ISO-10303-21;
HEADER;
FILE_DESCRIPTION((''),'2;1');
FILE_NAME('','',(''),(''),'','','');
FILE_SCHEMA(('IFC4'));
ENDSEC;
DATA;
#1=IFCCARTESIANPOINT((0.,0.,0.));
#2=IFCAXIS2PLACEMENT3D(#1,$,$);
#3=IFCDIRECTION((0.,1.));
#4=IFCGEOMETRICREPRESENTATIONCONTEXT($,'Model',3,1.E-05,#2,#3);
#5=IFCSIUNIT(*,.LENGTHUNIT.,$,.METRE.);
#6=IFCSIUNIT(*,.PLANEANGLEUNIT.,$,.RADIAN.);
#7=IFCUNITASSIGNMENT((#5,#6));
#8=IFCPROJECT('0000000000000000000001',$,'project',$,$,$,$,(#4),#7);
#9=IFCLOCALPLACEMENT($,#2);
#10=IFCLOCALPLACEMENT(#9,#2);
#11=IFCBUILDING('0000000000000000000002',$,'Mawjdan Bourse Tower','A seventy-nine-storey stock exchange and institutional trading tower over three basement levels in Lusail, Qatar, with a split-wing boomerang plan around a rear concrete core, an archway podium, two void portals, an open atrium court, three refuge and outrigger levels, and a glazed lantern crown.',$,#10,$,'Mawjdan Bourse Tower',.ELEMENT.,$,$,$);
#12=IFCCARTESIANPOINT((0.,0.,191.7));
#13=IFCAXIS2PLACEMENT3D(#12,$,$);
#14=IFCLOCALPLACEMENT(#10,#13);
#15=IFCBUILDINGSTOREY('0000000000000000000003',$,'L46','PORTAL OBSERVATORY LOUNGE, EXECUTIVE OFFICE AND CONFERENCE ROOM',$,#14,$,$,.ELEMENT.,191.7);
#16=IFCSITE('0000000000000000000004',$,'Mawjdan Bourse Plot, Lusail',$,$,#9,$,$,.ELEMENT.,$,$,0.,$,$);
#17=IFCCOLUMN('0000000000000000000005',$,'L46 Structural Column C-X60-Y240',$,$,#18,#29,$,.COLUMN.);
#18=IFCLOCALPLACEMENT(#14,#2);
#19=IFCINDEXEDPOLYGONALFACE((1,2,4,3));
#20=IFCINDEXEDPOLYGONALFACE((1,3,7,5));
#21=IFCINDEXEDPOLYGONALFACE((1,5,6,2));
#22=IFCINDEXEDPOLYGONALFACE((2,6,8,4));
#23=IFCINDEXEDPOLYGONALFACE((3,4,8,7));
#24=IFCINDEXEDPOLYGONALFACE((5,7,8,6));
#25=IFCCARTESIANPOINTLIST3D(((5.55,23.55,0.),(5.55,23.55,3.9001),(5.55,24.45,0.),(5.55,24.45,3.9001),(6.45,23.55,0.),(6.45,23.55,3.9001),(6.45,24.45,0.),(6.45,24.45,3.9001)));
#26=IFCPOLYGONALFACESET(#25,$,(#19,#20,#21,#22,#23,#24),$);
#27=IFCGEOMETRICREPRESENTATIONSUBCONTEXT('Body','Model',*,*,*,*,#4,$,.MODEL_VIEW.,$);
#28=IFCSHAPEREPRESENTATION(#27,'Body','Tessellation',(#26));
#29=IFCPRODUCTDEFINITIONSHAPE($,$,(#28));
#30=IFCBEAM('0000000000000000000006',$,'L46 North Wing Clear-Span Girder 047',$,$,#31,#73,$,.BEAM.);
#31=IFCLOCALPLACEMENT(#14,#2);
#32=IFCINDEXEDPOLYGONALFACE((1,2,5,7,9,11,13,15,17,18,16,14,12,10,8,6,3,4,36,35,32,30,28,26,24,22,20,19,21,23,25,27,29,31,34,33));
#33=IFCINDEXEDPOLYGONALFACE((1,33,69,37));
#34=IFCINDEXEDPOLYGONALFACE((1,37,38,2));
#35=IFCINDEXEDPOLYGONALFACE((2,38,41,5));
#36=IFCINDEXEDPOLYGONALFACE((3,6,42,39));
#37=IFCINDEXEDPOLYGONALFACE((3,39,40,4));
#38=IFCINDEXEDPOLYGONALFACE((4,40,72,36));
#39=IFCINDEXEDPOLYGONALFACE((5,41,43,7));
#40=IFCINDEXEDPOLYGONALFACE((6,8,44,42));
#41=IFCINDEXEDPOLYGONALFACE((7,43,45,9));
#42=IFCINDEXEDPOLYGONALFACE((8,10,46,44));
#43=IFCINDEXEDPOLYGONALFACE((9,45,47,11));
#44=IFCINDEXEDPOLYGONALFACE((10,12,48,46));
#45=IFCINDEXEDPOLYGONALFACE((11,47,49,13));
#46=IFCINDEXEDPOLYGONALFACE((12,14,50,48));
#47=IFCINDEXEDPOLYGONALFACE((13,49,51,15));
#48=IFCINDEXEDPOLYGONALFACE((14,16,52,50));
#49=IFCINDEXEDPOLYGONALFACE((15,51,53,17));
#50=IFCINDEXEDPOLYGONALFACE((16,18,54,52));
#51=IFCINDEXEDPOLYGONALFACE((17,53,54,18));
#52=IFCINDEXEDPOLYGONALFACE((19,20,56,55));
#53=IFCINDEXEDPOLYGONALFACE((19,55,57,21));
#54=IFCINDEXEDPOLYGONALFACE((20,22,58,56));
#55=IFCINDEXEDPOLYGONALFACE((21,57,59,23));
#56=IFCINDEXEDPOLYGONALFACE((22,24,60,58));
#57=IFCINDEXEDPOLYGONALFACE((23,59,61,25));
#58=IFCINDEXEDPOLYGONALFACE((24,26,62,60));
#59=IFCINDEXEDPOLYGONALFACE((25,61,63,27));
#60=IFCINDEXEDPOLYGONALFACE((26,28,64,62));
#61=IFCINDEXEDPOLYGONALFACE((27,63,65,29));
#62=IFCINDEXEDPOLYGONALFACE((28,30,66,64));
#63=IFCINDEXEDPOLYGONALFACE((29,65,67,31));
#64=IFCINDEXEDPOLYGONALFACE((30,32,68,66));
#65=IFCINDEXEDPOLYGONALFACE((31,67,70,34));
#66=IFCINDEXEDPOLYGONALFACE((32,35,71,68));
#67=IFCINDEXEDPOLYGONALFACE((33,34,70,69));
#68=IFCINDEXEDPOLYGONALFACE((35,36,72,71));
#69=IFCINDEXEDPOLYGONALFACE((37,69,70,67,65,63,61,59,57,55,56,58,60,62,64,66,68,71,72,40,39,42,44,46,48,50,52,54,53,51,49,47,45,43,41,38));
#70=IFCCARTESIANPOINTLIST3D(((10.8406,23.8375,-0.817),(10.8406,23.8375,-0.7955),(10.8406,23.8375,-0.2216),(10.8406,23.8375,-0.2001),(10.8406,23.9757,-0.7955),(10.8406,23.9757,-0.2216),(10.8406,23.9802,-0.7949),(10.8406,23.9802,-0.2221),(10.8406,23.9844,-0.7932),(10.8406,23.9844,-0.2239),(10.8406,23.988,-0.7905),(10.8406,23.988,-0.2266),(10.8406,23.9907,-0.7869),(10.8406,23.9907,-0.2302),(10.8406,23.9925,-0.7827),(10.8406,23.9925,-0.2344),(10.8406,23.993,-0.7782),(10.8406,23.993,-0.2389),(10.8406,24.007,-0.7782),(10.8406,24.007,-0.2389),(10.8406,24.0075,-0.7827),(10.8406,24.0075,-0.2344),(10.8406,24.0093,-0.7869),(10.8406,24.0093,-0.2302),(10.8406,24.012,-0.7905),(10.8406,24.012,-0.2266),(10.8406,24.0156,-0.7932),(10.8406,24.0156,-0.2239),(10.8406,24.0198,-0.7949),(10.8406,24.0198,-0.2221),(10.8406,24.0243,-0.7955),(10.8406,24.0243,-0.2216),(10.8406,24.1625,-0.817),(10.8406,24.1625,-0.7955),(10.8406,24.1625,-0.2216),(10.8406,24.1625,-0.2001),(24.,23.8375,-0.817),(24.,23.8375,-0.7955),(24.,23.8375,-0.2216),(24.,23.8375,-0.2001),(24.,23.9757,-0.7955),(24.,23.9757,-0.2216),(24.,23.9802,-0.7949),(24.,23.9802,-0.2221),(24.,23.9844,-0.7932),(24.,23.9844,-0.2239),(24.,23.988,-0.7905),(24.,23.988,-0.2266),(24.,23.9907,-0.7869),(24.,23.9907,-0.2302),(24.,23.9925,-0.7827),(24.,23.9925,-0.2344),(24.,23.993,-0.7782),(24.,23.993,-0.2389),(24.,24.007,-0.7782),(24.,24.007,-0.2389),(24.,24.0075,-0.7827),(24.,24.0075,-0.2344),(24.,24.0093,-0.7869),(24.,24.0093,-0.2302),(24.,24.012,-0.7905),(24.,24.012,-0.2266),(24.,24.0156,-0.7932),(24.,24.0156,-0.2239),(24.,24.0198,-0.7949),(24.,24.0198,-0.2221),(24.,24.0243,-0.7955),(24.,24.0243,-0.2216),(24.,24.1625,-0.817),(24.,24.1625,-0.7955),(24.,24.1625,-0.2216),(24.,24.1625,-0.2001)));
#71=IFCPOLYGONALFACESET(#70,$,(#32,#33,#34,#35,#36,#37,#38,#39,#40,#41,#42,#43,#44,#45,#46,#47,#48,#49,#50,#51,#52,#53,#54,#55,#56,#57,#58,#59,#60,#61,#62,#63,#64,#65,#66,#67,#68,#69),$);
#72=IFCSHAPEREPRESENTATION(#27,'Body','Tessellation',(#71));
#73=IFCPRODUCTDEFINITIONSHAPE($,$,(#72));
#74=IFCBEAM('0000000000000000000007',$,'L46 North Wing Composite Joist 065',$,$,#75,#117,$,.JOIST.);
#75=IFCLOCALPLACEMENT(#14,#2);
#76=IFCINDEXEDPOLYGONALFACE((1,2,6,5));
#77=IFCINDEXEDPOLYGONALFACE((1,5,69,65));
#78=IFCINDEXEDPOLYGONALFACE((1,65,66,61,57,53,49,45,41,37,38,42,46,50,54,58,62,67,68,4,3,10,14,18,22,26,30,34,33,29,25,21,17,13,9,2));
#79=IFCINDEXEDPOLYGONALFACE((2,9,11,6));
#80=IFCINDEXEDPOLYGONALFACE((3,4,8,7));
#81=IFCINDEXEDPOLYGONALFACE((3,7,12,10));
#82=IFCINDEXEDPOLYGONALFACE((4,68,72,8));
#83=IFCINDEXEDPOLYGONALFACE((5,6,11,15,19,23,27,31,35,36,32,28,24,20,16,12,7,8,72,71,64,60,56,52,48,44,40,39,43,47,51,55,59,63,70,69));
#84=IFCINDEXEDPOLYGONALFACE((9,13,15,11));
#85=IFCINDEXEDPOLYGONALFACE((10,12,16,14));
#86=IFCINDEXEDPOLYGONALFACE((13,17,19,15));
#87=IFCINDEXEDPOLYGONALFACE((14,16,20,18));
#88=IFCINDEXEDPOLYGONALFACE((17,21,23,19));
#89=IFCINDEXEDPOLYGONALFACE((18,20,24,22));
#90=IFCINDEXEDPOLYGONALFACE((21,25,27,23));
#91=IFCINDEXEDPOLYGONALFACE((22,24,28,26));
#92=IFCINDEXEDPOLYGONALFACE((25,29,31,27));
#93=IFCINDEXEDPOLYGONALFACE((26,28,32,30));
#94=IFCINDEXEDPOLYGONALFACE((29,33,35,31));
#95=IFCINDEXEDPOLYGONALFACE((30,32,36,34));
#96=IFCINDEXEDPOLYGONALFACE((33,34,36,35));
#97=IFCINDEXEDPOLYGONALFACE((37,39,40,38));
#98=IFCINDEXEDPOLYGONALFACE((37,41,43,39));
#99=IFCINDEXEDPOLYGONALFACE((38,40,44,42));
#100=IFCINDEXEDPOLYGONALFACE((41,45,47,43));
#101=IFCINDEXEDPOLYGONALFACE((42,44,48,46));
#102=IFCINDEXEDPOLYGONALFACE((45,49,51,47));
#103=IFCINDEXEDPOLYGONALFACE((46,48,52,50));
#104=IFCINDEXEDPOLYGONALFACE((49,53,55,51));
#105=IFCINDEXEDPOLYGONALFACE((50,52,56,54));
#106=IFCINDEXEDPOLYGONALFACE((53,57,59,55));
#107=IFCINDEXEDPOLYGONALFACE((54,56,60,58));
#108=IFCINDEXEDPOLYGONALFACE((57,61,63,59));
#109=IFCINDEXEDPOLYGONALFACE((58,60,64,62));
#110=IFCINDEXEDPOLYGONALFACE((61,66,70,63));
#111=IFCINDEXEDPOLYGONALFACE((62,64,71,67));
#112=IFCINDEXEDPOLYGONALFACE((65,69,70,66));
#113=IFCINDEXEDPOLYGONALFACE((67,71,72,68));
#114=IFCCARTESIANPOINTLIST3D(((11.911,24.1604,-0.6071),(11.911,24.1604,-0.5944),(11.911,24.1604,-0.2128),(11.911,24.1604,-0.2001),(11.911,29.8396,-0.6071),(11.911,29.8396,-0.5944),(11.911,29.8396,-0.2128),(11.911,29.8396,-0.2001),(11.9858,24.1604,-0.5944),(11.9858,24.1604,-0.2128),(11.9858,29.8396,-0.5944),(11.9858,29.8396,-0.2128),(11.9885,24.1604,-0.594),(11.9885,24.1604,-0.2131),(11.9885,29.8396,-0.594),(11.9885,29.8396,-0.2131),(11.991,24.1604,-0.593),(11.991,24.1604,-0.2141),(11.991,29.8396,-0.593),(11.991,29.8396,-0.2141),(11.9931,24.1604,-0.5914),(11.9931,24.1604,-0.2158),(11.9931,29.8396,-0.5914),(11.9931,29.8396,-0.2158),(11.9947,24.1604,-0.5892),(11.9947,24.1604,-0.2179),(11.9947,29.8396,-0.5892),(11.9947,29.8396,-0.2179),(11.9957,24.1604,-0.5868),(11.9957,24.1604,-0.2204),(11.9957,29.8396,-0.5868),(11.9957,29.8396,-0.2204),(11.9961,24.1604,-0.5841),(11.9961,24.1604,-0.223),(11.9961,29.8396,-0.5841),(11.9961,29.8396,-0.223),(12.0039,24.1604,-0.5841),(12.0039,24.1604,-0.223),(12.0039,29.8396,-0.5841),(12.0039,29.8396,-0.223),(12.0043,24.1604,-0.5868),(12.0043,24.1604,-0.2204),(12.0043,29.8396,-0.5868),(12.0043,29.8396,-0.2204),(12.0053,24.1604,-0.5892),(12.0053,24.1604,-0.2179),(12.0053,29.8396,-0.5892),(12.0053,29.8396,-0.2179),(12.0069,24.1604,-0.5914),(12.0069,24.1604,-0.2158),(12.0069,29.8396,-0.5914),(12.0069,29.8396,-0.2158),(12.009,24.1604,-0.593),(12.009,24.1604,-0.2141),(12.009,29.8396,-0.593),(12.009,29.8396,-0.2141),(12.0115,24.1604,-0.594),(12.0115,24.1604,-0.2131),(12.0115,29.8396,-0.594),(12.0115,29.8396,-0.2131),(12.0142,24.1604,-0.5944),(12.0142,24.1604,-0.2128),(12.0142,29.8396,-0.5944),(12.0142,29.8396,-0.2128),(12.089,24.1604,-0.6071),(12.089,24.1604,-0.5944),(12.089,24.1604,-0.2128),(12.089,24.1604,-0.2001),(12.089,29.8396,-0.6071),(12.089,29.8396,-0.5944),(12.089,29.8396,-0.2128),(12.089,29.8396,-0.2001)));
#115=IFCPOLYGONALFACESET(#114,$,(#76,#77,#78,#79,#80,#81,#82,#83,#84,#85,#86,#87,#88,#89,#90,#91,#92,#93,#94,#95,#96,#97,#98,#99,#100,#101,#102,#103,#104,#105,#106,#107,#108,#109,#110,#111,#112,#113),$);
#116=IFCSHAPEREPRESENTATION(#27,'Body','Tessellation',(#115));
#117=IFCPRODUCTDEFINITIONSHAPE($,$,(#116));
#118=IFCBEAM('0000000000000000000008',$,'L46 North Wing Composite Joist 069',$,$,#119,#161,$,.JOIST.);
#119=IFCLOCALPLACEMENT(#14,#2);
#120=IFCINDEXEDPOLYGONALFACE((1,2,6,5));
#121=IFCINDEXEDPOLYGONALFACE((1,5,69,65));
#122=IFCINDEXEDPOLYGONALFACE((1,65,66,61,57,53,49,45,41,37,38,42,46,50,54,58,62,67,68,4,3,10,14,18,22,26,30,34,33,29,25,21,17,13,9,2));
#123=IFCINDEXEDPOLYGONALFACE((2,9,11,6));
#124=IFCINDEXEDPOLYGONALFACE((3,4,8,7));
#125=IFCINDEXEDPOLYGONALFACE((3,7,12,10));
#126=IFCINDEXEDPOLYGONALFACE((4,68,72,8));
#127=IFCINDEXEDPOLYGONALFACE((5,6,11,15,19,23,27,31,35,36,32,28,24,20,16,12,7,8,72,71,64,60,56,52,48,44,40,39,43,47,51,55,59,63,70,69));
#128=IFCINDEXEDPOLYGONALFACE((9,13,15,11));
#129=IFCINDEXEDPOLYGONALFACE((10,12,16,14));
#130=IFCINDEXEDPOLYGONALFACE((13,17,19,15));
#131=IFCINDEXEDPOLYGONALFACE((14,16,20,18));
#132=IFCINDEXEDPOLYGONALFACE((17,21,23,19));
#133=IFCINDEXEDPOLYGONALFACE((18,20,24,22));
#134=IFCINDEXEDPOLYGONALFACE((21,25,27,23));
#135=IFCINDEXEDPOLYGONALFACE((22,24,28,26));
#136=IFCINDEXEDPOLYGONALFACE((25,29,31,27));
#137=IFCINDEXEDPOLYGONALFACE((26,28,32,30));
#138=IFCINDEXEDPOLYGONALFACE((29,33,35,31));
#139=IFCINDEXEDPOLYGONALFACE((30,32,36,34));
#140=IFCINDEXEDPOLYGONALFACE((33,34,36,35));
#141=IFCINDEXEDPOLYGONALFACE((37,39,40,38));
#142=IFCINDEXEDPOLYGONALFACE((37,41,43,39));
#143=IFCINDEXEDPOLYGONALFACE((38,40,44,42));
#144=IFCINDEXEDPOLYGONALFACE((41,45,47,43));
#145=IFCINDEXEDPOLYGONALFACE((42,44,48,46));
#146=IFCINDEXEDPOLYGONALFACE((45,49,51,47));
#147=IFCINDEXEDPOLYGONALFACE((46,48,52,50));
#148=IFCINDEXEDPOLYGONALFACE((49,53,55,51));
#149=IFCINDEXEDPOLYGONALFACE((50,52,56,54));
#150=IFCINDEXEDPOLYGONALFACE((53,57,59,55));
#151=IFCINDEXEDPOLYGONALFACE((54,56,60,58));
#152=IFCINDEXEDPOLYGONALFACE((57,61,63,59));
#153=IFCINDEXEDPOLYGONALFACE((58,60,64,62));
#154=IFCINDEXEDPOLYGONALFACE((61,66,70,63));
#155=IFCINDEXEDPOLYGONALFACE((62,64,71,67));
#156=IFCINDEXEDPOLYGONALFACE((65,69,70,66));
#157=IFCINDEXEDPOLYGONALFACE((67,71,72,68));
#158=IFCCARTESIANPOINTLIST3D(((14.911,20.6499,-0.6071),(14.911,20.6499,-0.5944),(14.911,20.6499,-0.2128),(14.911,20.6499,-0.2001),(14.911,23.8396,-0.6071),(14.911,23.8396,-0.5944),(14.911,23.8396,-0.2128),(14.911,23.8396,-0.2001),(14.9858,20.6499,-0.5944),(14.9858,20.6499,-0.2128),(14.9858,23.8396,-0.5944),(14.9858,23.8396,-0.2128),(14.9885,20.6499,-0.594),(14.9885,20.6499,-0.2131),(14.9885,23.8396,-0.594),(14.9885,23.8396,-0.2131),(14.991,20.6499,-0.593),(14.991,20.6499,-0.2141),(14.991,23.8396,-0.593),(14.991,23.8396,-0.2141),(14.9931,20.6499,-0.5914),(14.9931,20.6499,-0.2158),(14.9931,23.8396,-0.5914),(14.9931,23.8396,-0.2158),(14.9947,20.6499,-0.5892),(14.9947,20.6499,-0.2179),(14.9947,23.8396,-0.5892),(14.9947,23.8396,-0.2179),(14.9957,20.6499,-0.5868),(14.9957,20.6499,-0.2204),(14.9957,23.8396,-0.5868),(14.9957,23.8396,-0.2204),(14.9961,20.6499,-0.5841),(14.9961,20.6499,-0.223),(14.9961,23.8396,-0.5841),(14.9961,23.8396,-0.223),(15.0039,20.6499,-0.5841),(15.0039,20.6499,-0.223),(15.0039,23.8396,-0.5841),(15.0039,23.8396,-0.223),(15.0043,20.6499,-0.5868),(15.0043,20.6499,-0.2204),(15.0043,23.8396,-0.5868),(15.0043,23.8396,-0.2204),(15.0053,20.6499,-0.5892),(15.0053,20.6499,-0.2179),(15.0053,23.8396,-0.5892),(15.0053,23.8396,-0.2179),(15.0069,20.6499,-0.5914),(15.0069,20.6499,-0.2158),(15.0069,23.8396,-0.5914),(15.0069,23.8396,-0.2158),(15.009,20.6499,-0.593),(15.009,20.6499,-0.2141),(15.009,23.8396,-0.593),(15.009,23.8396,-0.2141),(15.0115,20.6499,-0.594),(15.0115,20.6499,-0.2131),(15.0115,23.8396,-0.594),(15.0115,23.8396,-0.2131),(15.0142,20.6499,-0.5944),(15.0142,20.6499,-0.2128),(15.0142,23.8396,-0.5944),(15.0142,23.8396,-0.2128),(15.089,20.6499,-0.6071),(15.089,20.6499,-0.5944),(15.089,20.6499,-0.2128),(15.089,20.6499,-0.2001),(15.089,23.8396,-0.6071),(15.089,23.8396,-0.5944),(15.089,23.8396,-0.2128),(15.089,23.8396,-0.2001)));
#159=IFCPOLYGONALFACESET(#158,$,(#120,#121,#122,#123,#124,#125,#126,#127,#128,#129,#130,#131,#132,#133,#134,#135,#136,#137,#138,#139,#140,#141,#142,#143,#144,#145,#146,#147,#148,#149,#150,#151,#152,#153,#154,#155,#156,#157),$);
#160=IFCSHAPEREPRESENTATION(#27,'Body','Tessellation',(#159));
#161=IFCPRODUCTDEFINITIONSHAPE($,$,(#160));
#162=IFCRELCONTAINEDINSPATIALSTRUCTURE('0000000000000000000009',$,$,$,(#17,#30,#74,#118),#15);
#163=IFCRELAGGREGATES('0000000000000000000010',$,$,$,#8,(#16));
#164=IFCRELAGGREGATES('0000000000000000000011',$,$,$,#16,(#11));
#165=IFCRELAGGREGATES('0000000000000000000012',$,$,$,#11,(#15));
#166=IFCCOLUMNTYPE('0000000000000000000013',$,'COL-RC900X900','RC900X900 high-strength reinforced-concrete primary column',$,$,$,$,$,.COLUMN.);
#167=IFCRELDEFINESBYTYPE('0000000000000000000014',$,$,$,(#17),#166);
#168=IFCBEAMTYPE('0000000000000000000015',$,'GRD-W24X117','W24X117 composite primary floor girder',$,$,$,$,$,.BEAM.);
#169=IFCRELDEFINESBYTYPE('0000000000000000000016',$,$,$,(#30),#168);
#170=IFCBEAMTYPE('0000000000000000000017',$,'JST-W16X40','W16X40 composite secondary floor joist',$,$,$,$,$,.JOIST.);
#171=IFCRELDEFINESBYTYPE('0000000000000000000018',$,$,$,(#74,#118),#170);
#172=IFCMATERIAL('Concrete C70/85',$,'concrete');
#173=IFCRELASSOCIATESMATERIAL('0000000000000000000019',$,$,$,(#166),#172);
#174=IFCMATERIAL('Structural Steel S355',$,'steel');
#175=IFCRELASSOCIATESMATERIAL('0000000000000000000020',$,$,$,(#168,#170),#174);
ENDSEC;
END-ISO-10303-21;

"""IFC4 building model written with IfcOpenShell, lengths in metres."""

from ifc_helpers import new_model, si_unit, direction, frame, origin, origin_2d, place, context, subcontext, project, spatial, rectangle, i_section, extrude, material, material_profile, profile_set, type_object, element, save


model = new_model("IFC4")

# Units and contexts
model_context = context("Model", 3, precision=1e-05, world=origin(), true_north=direction((0.0, 1.0)))
body_context = subcontext(model_context, "Body", "Model", "MODEL_VIEW")
ifc_project = project(units=[si_unit("LENGTHUNIT", "METRE"), si_unit("PLANEANGLEUNIT", "RADIAN")], contexts=[model_context])

# Site, building, storey
site_placement = place(None, origin())
site = spatial("IfcSite", under=ifc_project, at=site_placement, Name="Mawjdan Bourse Plot, Lusail", CompositionType="ELEMENT", RefElevation=0.0)
building_placement = place(site_placement, origin())
building = spatial("IfcBuilding", under=site, at=building_placement, Name="Mawjdan Bourse Tower", Description="A seventy-nine-storey stock exchange and institutional trading tower over three basement levels in Lusail, Qatar, with a split-wing boomerang plan around a rear concrete core, an archway podium, two void portals, an open atrium court, three refuge and outrigger levels, and a glazed lantern crown.", LongName="Mawjdan Bourse Tower", CompositionType="ELEMENT")
storey_placement = place(building_placement, frame((0.0, 0.0, 191.7)))
storey = spatial("IfcBuildingStorey", under=building, at=storey_placement, Name="L46", Description="PORTAL OBSERVATORY LOUNGE, EXECUTIVE OFFICE AND CONFERENCE ROOM", CompositionType="ELEMENT", Elevation=191.7)

# Column
ifc_material_1 = material(Name="Concrete C70/85", Category="concrete")
ifc_material_profile_1 = material_profile(ifc_material_1, rectangle(XDim=0.8999, YDim=0.8999, at=origin_2d()), Name="RC900X900")
ifc_profile_set_1 = profile_set([ifc_material_profile_1], Name="Concrete C70/85")
column_type = type_object("IfcColumnType", Name="COL-RC900X900", Description="RC900X900 high-strength reinforced-concrete primary column", PredefinedType="COLUMN", material=ifc_profile_set_1)
column_placement = place(storey_placement, frame((6.0, 24.0, 0.0), z_axis=(0.0, 0.0, 1.0), x_axis=(1.0, 0.0, 0.0)))
element("IfcColumn", 1, at=column_placement, inside=storey, type_object=column_type, Name="L46 Structural Column C-X60-Y240", PredefinedType="COLUMN", context=body_context, shape_type="SweptSolid", body=[
    extrude(rectangle(XDim=0.8999, YDim=0.8999, at=origin_2d()), origin(), (0.0, 0.0, 1.0), 3.9001),
])

# Beams
ifc_material_2 = material(Name="Structural Steel S355", Category="steel")
ifc_material_profile_2 = material_profile(ifc_material_2, i_section(OverallWidth=0.325, OverallDepth=0.6169, WebThickness=0.0139, FlangeThickness=0.0215, FilletRadius=0.0173, at=origin_2d()), Name="W24X117")
ifc_profile_set_2 = profile_set([ifc_material_profile_2], Name="Structural Steel S355")
beam_type_1 = type_object("IfcBeamType", Name="GRD-W24X117", Description="W24X117 composite primary floor girder", PredefinedType="BEAM", material=ifc_profile_set_2)
beam_1_placement = place(storey_placement, frame((10.8406, 24.0, -0.5085), z_axis=(1.0, 0.0, 0.0), x_axis=(0.0, 1.0, 0.0)))
element("IfcBeam", 2, at=beam_1_placement, inside=storey, type_object=beam_type_1, Name="L46 North Wing Clear-Span Girder 047", PredefinedType="BEAM", context=body_context, shape_type="SweptSolid", body=[
    extrude(i_section(OverallWidth=0.325, OverallDepth=0.6169, WebThickness=0.0139, FlangeThickness=0.0215, FilletRadius=0.0173, at=origin_2d()), origin(), (0.0, 0.0, 1.0), 13.1594),
])
ifc_material_profile_3 = material_profile(ifc_material_2, i_section(OverallWidth=0.178, OverallDepth=0.407, WebThickness=0.0078, FlangeThickness=0.0127, FilletRadius=0.0103, at=origin_2d()), Name="W16X40")
ifc_profile_set_3 = profile_set([ifc_material_profile_3], Name="Structural Steel S355")
beam_type_2 = type_object("IfcBeamType", Name="JST-W16X40", Description="W16X40 composite secondary floor joist", PredefinedType="JOIST", material=ifc_profile_set_3)
beam_2_placement = place(storey_placement, frame((12.0, 24.1604, -0.4036), z_axis=(0.0, 1.0, 0.0), x_axis=(-1.0, 0.0, 0.0)))
element("IfcBeam", 3, at=beam_2_placement, inside=storey, type_object=beam_type_2, Name="L46 North Wing Composite Joist 065", PredefinedType="JOIST", context=body_context, shape_type="SweptSolid", body=[
    extrude(i_section(OverallWidth=0.178, OverallDepth=0.407, WebThickness=0.0078, FlangeThickness=0.0127, FilletRadius=0.0103, at=origin_2d()), origin(), (0.0, 0.0, 1.0), 5.6792),
])
beam_3_placement = place(storey_placement, frame((15.0, 20.6499, -0.4036), z_axis=(0.0, 1.0, 0.0), x_axis=(-1.0, 0.0, 0.0)))
element("IfcBeam", 4, at=beam_3_placement, inside=storey, type_object=beam_type_2, Name="L46 North Wing Composite Joist 069", PredefinedType="JOIST", context=body_context, shape_type="SweptSolid", body=[
    extrude(i_section(OverallWidth=0.178, OverallDepth=0.407, WebThickness=0.0078, FlangeThickness=0.0127, FilletRadius=0.0103, at=origin_2d()), origin(), (0.0, 0.0, 1.0), 3.1897),
])

save(model, "model.ifc")
